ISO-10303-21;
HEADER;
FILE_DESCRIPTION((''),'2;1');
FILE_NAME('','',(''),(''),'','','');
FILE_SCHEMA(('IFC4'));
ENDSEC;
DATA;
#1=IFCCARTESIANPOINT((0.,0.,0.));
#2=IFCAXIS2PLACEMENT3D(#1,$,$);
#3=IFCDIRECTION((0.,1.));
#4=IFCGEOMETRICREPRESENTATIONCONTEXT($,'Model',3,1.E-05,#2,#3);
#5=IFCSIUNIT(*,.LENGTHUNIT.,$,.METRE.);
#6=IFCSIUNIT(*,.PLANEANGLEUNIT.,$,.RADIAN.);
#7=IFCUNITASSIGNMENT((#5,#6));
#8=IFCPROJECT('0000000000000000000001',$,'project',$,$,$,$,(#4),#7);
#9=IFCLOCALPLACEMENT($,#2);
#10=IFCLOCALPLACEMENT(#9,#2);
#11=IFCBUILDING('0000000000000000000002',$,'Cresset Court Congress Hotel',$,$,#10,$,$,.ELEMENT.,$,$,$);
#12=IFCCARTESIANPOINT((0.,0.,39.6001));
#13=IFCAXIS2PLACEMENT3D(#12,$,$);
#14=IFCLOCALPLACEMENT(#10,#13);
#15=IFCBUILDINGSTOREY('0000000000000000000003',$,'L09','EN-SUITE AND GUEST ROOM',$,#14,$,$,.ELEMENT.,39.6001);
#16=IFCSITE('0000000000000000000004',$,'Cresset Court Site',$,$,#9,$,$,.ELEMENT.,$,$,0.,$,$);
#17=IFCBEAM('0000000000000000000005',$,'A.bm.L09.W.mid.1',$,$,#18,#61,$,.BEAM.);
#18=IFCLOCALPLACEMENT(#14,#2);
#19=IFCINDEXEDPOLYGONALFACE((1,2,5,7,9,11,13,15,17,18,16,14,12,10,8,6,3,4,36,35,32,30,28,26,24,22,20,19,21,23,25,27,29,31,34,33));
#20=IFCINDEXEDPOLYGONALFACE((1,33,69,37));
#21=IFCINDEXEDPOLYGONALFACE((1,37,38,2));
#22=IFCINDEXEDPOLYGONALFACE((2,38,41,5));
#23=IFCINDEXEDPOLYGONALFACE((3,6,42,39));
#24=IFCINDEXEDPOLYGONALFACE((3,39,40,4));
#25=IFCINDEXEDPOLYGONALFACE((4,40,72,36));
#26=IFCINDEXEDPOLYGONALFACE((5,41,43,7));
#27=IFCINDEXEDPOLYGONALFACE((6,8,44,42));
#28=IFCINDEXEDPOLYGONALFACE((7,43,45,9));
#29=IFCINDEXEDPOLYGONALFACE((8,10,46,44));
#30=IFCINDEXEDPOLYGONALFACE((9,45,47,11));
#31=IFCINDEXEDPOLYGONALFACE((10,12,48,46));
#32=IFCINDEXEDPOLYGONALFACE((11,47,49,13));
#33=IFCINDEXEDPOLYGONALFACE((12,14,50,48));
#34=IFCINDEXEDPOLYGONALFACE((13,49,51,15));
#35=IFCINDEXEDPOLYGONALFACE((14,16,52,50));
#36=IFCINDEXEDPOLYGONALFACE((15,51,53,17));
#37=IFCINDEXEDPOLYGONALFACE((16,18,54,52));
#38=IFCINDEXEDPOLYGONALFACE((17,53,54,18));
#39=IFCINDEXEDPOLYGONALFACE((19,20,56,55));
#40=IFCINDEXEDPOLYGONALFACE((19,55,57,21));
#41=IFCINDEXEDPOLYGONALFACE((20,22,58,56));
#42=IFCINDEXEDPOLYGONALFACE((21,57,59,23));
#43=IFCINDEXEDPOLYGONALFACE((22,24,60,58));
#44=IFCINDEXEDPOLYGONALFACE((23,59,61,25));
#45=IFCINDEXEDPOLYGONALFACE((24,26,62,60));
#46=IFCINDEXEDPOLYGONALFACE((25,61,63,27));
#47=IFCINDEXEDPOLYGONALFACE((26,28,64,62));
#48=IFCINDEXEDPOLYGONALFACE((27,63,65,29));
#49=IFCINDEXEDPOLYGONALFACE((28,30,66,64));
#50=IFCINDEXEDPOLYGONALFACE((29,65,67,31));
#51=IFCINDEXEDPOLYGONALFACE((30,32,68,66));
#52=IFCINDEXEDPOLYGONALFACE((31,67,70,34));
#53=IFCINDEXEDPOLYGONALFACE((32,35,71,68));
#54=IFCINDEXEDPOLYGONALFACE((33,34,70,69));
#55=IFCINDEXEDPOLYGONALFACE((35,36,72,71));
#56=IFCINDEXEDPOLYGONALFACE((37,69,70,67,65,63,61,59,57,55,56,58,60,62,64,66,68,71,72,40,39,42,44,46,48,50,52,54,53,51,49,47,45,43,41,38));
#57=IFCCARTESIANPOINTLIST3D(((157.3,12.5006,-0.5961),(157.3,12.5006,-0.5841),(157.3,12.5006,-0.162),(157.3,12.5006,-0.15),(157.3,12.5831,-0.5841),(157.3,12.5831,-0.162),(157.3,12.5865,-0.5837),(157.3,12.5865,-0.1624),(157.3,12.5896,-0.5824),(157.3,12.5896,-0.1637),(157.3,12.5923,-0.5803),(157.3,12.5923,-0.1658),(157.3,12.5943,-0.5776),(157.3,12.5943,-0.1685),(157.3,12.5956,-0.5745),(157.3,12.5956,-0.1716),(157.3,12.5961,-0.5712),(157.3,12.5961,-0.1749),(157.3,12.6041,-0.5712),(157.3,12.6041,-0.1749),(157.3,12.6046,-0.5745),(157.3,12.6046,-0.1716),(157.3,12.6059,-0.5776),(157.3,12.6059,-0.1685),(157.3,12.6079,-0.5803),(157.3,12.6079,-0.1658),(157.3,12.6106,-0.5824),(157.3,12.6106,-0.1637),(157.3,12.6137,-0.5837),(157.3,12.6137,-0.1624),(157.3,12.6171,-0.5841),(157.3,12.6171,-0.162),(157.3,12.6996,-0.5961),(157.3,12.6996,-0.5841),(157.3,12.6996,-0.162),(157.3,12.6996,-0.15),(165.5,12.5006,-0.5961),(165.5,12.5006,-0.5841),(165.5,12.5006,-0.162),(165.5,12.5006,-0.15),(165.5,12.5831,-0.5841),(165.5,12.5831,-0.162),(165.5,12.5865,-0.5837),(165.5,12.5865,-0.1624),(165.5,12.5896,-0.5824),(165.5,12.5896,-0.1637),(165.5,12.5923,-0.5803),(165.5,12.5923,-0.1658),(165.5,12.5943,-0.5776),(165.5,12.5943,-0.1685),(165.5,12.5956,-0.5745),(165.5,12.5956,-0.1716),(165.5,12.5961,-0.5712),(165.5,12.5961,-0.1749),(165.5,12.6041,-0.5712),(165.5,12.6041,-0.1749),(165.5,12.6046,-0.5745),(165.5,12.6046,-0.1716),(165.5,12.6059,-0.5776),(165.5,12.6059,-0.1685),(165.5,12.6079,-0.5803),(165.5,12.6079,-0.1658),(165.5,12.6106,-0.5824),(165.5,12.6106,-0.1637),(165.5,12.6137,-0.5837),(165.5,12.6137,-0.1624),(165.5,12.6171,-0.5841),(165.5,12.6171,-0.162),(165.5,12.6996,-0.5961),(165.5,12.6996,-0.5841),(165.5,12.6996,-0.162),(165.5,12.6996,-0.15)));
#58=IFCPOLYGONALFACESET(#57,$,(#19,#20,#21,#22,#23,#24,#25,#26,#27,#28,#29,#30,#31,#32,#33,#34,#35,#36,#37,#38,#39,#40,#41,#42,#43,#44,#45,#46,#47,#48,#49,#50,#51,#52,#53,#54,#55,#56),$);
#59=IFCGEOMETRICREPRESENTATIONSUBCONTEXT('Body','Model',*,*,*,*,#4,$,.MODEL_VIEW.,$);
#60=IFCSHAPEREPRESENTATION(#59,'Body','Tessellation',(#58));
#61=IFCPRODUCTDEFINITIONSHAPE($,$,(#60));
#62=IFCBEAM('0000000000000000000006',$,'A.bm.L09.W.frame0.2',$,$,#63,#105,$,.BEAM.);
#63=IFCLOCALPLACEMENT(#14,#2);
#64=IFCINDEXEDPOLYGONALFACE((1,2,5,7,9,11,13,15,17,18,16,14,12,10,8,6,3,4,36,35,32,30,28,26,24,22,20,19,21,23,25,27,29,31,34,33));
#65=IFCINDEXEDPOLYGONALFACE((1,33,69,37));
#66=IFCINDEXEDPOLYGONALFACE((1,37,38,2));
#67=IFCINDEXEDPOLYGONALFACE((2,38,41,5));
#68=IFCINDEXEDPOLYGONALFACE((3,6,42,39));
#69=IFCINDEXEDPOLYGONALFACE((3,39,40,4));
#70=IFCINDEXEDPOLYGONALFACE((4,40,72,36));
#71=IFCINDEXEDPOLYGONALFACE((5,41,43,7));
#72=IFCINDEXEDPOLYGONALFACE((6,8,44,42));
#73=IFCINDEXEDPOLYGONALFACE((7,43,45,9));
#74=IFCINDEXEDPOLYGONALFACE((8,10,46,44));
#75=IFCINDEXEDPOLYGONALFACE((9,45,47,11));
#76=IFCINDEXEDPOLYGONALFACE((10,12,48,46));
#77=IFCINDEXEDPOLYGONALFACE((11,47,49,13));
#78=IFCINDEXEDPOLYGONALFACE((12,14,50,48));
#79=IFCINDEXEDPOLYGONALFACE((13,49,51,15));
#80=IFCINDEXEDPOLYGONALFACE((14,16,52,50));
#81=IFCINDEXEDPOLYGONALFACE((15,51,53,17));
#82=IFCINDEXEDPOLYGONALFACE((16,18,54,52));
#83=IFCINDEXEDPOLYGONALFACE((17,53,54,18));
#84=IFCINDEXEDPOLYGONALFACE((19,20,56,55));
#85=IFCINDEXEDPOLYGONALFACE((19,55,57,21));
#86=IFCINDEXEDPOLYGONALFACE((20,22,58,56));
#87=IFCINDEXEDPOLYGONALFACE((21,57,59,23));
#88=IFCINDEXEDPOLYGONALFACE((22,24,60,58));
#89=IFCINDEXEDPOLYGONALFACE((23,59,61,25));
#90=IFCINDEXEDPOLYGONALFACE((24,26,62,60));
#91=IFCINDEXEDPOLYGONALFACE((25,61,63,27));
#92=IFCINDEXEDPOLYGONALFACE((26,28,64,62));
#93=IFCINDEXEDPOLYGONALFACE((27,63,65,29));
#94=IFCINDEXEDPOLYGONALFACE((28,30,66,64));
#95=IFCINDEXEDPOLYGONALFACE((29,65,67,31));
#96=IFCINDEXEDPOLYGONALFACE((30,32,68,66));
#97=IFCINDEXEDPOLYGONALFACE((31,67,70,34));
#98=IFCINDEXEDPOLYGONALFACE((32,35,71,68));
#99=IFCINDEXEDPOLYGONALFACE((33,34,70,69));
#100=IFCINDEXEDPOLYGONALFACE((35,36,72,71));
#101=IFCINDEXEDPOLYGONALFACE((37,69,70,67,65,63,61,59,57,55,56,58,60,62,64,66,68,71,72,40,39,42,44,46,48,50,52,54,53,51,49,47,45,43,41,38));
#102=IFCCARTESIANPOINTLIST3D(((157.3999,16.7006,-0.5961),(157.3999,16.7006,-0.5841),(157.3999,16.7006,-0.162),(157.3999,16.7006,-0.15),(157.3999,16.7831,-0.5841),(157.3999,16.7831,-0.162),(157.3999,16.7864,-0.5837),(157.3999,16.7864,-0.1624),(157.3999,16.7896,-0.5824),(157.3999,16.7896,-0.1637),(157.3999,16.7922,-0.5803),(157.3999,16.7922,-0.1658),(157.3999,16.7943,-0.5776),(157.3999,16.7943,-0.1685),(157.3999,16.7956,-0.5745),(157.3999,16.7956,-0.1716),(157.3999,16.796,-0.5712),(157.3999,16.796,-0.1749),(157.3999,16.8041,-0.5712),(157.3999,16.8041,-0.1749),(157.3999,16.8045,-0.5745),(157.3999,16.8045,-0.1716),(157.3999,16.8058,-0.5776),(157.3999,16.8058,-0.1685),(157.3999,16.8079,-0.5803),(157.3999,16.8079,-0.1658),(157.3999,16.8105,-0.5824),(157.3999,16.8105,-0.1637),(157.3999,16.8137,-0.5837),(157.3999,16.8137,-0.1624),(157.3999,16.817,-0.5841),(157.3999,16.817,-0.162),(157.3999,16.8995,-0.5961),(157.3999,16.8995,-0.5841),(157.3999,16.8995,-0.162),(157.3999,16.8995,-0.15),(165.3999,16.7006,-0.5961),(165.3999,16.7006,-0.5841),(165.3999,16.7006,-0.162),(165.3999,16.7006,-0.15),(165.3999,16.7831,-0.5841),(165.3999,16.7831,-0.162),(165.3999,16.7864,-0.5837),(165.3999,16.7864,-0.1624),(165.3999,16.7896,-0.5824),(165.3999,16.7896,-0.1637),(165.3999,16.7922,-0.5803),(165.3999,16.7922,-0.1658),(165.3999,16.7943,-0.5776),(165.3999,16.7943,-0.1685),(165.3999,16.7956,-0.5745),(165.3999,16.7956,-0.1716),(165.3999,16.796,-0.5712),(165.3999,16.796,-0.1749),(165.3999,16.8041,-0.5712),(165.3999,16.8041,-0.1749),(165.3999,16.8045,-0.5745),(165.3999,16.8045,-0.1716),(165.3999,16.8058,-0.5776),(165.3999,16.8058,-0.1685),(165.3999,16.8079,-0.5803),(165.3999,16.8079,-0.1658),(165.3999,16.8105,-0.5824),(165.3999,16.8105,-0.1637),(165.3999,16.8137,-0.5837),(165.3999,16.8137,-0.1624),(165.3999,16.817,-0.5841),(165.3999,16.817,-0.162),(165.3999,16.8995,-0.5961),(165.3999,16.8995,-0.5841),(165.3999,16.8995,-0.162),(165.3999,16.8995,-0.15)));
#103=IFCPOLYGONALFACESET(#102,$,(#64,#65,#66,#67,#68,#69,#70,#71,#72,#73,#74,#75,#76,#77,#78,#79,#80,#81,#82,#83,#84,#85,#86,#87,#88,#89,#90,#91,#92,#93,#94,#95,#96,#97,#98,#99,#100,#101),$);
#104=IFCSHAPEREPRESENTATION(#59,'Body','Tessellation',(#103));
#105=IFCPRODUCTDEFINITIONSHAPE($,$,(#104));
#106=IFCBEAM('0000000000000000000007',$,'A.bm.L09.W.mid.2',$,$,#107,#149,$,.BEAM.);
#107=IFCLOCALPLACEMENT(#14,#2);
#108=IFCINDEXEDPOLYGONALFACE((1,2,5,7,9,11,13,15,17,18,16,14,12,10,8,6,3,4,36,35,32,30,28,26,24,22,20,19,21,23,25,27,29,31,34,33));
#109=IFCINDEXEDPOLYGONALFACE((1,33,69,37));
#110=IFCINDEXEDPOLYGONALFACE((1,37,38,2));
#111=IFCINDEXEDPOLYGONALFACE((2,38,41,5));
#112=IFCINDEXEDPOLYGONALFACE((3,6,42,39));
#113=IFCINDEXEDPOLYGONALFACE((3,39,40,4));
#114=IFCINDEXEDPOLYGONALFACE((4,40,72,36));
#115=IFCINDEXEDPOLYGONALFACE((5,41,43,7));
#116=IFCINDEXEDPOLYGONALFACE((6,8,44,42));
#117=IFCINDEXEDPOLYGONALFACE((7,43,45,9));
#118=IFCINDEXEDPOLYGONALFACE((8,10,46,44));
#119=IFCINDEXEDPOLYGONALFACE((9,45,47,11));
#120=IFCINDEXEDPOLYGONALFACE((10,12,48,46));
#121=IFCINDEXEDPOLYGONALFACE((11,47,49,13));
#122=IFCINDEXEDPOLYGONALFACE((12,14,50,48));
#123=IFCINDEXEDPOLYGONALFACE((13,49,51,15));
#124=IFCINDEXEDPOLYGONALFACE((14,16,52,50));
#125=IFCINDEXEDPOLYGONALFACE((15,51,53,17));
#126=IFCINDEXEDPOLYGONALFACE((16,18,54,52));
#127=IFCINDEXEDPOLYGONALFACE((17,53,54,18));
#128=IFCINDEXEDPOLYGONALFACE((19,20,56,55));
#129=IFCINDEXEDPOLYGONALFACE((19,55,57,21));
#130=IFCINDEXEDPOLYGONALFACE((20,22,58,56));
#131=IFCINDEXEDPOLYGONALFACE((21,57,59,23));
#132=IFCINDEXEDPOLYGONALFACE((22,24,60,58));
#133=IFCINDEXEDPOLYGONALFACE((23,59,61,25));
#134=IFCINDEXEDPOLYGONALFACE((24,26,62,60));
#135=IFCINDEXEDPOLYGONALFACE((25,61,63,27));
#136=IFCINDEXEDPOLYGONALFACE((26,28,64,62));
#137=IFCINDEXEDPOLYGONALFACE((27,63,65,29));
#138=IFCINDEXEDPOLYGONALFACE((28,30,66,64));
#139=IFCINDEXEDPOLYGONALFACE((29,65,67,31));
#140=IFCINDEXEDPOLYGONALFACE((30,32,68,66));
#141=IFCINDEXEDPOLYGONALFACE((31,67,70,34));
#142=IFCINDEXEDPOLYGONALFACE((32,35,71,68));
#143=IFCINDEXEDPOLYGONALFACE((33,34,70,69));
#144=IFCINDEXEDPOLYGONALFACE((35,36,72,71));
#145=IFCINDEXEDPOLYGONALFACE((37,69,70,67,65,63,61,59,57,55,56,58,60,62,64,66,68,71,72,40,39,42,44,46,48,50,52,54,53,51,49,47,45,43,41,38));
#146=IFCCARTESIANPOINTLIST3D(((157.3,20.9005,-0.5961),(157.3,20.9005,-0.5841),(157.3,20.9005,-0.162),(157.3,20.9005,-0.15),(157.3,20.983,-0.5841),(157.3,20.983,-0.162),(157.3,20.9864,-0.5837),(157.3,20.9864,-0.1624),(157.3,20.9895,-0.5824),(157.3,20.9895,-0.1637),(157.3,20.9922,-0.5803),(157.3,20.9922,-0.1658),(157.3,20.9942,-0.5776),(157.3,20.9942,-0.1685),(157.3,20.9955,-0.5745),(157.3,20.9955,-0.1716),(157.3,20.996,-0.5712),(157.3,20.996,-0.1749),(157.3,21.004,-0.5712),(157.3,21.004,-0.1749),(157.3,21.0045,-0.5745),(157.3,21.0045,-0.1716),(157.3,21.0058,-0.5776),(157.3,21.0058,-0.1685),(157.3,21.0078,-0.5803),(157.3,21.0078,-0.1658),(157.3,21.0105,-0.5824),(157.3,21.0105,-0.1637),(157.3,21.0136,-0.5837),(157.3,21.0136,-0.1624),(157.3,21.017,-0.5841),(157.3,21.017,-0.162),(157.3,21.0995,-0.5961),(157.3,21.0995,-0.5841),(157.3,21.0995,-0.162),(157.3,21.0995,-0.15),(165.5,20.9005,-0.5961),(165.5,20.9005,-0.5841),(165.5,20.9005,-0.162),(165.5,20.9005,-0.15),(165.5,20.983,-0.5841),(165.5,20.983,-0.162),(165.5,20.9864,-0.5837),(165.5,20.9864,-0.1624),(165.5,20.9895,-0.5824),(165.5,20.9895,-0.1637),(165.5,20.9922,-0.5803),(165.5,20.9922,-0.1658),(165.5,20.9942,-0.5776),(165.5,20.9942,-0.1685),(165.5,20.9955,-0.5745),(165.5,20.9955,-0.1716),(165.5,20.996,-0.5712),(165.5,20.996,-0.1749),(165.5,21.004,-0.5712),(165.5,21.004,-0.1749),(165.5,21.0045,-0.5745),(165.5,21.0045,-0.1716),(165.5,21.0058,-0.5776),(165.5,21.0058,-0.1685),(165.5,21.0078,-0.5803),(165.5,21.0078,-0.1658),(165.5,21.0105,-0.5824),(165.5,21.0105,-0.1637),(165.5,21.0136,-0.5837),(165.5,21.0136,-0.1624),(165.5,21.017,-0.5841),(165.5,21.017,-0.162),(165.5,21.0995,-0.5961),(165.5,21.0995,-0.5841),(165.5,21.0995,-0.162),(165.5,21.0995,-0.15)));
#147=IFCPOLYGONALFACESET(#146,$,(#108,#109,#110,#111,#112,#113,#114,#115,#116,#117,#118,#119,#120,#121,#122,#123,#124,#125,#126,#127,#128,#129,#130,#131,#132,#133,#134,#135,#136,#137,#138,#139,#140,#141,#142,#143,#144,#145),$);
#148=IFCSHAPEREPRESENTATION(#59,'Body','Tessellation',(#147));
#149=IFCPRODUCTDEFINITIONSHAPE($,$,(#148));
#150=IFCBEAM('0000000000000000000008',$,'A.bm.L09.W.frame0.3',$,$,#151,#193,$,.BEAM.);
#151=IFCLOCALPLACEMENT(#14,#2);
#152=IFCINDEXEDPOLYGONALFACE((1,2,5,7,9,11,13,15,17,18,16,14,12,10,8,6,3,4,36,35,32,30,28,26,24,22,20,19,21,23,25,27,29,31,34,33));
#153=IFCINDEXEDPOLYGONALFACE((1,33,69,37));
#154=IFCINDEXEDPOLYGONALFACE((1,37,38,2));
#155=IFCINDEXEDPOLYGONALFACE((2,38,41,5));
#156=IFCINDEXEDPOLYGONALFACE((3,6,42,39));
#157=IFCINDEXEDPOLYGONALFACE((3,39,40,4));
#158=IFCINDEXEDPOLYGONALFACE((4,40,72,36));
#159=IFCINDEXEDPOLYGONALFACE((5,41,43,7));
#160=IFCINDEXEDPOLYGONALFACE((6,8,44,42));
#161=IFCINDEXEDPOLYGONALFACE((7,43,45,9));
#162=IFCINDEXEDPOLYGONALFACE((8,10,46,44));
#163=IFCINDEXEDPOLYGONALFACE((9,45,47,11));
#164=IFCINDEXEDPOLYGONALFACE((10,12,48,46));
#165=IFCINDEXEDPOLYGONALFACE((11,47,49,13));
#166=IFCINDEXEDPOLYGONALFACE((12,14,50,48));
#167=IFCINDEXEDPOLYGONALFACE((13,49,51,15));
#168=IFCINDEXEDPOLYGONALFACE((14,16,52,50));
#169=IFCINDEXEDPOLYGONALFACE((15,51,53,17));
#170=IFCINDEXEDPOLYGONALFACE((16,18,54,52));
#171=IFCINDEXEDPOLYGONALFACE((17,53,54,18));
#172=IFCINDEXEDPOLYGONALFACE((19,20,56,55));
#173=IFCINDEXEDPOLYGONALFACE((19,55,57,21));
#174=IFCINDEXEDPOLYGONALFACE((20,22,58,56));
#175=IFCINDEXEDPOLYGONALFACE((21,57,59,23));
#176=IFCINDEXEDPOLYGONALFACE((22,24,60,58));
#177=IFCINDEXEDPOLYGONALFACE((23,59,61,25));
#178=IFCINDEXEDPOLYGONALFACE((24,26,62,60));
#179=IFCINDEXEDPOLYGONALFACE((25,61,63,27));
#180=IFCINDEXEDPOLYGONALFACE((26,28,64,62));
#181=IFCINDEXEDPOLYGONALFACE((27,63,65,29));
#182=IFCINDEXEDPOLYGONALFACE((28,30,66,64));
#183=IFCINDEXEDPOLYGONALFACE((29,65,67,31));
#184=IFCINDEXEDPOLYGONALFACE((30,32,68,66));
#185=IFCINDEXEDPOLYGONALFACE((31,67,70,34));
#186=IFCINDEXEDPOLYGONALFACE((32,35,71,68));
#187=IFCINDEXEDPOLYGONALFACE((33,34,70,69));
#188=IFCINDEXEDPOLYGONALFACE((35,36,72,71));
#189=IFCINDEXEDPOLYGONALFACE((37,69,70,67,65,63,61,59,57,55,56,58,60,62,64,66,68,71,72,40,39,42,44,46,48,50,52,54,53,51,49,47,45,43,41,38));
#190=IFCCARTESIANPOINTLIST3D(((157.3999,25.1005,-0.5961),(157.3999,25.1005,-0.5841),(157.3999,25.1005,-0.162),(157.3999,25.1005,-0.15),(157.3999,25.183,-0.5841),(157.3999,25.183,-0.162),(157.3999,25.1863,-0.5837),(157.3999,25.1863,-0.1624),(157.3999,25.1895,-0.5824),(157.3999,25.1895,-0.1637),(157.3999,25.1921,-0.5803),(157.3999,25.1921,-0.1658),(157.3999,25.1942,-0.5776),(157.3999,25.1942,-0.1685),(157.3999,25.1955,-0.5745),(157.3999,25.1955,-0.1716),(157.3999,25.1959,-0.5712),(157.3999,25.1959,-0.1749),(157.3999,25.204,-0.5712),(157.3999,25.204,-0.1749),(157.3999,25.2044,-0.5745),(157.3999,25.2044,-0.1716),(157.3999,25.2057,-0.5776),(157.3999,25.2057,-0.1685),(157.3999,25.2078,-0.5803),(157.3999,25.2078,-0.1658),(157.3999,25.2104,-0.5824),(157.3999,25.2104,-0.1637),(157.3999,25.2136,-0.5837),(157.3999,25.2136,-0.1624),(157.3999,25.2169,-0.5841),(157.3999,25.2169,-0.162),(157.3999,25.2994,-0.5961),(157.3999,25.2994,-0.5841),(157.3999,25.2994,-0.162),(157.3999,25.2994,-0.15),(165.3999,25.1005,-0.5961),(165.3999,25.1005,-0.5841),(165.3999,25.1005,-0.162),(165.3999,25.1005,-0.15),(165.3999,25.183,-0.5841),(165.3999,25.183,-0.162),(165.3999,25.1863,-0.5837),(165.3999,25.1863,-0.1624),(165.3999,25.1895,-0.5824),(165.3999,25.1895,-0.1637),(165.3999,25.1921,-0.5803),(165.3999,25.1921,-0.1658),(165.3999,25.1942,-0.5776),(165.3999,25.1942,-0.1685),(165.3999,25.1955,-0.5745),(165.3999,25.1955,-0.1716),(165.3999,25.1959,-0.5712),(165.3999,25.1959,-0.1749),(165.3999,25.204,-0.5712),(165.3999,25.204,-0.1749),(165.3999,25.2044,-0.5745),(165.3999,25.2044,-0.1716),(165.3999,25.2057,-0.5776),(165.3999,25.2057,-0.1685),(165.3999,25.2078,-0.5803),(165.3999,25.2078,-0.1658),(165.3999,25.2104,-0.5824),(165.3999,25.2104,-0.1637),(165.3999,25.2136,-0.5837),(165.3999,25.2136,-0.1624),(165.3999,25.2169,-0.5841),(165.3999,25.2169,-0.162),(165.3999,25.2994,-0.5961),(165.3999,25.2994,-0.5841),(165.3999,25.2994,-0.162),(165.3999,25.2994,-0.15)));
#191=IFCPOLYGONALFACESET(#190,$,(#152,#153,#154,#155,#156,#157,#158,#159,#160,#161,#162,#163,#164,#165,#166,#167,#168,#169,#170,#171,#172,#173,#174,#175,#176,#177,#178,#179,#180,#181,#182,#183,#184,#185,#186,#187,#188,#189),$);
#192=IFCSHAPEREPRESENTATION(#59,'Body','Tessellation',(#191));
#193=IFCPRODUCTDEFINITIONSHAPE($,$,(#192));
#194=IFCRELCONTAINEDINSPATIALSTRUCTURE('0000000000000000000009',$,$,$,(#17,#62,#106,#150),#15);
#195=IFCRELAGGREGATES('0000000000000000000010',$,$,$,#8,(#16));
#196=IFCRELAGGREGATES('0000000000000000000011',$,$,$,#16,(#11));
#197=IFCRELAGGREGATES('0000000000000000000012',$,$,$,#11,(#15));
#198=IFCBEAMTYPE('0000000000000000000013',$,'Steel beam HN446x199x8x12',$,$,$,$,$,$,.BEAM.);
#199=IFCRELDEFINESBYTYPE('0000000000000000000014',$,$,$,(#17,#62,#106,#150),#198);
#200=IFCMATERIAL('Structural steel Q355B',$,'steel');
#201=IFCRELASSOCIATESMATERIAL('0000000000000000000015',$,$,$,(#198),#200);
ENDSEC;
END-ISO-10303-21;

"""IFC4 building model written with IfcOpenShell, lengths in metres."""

from ifc_helpers import new_model, si_unit, direction, frame, origin, origin_2d, place, context, subcontext, project, spatial, i_section, extrude, material, material_profile, profile_set, type_object, element, save


model = new_model("IFC4")

# Units and contexts
model_context = context("Model", 3, precision=1e-05, world=origin(), true_north=direction((0.0, 1.0)))
body_context = subcontext(model_context, "Body", "Model", "MODEL_VIEW")
ifc_project = project(units=[si_unit("LENGTHUNIT", "METRE"), si_unit("PLANEANGLEUNIT", "RADIAN")], contexts=[model_context])

# Site, building, storey
site_placement = place(None, origin())
site = spatial("IfcSite", under=ifc_project, at=site_placement, Name="Cresset Court Site", CompositionType="ELEMENT", RefElevation=0.0)
building_placement = place(site_placement, origin())
building = spatial("IfcBuilding", under=site, at=building_placement, Name="Cresset Court Congress Hotel", CompositionType="ELEMENT")
storey_placement = place(building_placement, frame((0.0, 0.0, 39.6001)))
storey = spatial("IfcBuildingStorey", under=building, at=storey_placement, Name="L09", Description="EN-SUITE AND GUEST ROOM", CompositionType="ELEMENT", Elevation=39.6001)

# Beams
ifc_material_1 = material(Name="Structural steel Q355B", Category="steel")
ifc_material_profile_1 = material_profile(ifc_material_1, i_section(OverallWidth=0.199, OverallDepth=0.446, WebThickness=0.0081, FlangeThickness=0.012, FilletRadius=0.0129, at=origin_2d()), Name="HN446x199x8x12")
ifc_profile_set_1 = profile_set([ifc_material_profile_1], Name="Structural steel Q355B")
beam_type_1 = type_object("IfcBeamType", Name="Steel beam HN446x199x8x12", PredefinedType="BEAM", material=ifc_profile_set_1)
beam_1_placement = place(storey_placement, frame((157.3, 12.6001, -0.373), z_axis=(1.0, 0.0, 0.0), x_axis=(0.0, 1.0, 0.0)))
element("IfcBeam", 1, at=beam_1_placement, inside=storey, type_object=beam_type_1, Name="A.bm.L09.W.mid.1", PredefinedType="BEAM", context=body_context, shape_type="SweptSolid", body=[
    extrude(i_section(OverallWidth=0.199, OverallDepth=0.446, WebThickness=0.0081, FlangeThickness=0.012, FilletRadius=0.0129, at=origin_2d()), origin(), (0.0, 0.0, 1.0), 8.2),
])
beam_2_placement = place(storey_placement, frame((157.3999, 16.8, -0.373), z_axis=(1.0, 0.0, 0.0), x_axis=(0.0, 1.0, 0.0)))
element("IfcBeam", 2, at=beam_2_placement, inside=storey, type_object=beam_type_1, Name="A.bm.L09.W.frame0.2", PredefinedType="BEAM", context=body_context, shape_type="SweptSolid", body=[
    extrude(i_section(OverallWidth=0.199, OverallDepth=0.446, WebThickness=0.0081, FlangeThickness=0.012, FilletRadius=0.0129, at=origin_2d()), origin(), (0.0, 0.0, 1.0), 8.0),
])
beam_3_placement = place(storey_placement, frame((157.3, 21.0, -0.373), z_axis=(1.0, 0.0, 0.0), x_axis=(0.0, 1.0, 0.0)))
element("IfcBeam", 3, at=beam_3_placement, inside=storey, type_object=beam_type_1, Name="A.bm.L09.W.mid.2", PredefinedType="BEAM", context=body_context, shape_type="SweptSolid", body=[
    extrude(i_section(OverallWidth=0.199, OverallDepth=0.446, WebThickness=0.0081, FlangeThickness=0.012, FilletRadius=0.0129, at=origin_2d()), origin(), (0.0, 0.0, 1.0), 8.2),
])
beam_4_placement = place(storey_placement, frame((157.3999, 25.2, -0.373), z_axis=(1.0, 0.0, 0.0), x_axis=(0.0, 1.0, 0.0)))
element("IfcBeam", 4, at=beam_4_placement, inside=storey, type_object=beam_type_1, Name="A.bm.L09.W.frame0.3", PredefinedType="BEAM", context=body_context, shape_type="SweptSolid", body=[
    extrude(i_section(OverallWidth=0.199, OverallDepth=0.446, WebThickness=0.0081, FlangeThickness=0.012, FilletRadius=0.0129, at=origin_2d()), origin(), (0.0, 0.0, 1.0), 8.0),
])

save(model, "model.ifc")
